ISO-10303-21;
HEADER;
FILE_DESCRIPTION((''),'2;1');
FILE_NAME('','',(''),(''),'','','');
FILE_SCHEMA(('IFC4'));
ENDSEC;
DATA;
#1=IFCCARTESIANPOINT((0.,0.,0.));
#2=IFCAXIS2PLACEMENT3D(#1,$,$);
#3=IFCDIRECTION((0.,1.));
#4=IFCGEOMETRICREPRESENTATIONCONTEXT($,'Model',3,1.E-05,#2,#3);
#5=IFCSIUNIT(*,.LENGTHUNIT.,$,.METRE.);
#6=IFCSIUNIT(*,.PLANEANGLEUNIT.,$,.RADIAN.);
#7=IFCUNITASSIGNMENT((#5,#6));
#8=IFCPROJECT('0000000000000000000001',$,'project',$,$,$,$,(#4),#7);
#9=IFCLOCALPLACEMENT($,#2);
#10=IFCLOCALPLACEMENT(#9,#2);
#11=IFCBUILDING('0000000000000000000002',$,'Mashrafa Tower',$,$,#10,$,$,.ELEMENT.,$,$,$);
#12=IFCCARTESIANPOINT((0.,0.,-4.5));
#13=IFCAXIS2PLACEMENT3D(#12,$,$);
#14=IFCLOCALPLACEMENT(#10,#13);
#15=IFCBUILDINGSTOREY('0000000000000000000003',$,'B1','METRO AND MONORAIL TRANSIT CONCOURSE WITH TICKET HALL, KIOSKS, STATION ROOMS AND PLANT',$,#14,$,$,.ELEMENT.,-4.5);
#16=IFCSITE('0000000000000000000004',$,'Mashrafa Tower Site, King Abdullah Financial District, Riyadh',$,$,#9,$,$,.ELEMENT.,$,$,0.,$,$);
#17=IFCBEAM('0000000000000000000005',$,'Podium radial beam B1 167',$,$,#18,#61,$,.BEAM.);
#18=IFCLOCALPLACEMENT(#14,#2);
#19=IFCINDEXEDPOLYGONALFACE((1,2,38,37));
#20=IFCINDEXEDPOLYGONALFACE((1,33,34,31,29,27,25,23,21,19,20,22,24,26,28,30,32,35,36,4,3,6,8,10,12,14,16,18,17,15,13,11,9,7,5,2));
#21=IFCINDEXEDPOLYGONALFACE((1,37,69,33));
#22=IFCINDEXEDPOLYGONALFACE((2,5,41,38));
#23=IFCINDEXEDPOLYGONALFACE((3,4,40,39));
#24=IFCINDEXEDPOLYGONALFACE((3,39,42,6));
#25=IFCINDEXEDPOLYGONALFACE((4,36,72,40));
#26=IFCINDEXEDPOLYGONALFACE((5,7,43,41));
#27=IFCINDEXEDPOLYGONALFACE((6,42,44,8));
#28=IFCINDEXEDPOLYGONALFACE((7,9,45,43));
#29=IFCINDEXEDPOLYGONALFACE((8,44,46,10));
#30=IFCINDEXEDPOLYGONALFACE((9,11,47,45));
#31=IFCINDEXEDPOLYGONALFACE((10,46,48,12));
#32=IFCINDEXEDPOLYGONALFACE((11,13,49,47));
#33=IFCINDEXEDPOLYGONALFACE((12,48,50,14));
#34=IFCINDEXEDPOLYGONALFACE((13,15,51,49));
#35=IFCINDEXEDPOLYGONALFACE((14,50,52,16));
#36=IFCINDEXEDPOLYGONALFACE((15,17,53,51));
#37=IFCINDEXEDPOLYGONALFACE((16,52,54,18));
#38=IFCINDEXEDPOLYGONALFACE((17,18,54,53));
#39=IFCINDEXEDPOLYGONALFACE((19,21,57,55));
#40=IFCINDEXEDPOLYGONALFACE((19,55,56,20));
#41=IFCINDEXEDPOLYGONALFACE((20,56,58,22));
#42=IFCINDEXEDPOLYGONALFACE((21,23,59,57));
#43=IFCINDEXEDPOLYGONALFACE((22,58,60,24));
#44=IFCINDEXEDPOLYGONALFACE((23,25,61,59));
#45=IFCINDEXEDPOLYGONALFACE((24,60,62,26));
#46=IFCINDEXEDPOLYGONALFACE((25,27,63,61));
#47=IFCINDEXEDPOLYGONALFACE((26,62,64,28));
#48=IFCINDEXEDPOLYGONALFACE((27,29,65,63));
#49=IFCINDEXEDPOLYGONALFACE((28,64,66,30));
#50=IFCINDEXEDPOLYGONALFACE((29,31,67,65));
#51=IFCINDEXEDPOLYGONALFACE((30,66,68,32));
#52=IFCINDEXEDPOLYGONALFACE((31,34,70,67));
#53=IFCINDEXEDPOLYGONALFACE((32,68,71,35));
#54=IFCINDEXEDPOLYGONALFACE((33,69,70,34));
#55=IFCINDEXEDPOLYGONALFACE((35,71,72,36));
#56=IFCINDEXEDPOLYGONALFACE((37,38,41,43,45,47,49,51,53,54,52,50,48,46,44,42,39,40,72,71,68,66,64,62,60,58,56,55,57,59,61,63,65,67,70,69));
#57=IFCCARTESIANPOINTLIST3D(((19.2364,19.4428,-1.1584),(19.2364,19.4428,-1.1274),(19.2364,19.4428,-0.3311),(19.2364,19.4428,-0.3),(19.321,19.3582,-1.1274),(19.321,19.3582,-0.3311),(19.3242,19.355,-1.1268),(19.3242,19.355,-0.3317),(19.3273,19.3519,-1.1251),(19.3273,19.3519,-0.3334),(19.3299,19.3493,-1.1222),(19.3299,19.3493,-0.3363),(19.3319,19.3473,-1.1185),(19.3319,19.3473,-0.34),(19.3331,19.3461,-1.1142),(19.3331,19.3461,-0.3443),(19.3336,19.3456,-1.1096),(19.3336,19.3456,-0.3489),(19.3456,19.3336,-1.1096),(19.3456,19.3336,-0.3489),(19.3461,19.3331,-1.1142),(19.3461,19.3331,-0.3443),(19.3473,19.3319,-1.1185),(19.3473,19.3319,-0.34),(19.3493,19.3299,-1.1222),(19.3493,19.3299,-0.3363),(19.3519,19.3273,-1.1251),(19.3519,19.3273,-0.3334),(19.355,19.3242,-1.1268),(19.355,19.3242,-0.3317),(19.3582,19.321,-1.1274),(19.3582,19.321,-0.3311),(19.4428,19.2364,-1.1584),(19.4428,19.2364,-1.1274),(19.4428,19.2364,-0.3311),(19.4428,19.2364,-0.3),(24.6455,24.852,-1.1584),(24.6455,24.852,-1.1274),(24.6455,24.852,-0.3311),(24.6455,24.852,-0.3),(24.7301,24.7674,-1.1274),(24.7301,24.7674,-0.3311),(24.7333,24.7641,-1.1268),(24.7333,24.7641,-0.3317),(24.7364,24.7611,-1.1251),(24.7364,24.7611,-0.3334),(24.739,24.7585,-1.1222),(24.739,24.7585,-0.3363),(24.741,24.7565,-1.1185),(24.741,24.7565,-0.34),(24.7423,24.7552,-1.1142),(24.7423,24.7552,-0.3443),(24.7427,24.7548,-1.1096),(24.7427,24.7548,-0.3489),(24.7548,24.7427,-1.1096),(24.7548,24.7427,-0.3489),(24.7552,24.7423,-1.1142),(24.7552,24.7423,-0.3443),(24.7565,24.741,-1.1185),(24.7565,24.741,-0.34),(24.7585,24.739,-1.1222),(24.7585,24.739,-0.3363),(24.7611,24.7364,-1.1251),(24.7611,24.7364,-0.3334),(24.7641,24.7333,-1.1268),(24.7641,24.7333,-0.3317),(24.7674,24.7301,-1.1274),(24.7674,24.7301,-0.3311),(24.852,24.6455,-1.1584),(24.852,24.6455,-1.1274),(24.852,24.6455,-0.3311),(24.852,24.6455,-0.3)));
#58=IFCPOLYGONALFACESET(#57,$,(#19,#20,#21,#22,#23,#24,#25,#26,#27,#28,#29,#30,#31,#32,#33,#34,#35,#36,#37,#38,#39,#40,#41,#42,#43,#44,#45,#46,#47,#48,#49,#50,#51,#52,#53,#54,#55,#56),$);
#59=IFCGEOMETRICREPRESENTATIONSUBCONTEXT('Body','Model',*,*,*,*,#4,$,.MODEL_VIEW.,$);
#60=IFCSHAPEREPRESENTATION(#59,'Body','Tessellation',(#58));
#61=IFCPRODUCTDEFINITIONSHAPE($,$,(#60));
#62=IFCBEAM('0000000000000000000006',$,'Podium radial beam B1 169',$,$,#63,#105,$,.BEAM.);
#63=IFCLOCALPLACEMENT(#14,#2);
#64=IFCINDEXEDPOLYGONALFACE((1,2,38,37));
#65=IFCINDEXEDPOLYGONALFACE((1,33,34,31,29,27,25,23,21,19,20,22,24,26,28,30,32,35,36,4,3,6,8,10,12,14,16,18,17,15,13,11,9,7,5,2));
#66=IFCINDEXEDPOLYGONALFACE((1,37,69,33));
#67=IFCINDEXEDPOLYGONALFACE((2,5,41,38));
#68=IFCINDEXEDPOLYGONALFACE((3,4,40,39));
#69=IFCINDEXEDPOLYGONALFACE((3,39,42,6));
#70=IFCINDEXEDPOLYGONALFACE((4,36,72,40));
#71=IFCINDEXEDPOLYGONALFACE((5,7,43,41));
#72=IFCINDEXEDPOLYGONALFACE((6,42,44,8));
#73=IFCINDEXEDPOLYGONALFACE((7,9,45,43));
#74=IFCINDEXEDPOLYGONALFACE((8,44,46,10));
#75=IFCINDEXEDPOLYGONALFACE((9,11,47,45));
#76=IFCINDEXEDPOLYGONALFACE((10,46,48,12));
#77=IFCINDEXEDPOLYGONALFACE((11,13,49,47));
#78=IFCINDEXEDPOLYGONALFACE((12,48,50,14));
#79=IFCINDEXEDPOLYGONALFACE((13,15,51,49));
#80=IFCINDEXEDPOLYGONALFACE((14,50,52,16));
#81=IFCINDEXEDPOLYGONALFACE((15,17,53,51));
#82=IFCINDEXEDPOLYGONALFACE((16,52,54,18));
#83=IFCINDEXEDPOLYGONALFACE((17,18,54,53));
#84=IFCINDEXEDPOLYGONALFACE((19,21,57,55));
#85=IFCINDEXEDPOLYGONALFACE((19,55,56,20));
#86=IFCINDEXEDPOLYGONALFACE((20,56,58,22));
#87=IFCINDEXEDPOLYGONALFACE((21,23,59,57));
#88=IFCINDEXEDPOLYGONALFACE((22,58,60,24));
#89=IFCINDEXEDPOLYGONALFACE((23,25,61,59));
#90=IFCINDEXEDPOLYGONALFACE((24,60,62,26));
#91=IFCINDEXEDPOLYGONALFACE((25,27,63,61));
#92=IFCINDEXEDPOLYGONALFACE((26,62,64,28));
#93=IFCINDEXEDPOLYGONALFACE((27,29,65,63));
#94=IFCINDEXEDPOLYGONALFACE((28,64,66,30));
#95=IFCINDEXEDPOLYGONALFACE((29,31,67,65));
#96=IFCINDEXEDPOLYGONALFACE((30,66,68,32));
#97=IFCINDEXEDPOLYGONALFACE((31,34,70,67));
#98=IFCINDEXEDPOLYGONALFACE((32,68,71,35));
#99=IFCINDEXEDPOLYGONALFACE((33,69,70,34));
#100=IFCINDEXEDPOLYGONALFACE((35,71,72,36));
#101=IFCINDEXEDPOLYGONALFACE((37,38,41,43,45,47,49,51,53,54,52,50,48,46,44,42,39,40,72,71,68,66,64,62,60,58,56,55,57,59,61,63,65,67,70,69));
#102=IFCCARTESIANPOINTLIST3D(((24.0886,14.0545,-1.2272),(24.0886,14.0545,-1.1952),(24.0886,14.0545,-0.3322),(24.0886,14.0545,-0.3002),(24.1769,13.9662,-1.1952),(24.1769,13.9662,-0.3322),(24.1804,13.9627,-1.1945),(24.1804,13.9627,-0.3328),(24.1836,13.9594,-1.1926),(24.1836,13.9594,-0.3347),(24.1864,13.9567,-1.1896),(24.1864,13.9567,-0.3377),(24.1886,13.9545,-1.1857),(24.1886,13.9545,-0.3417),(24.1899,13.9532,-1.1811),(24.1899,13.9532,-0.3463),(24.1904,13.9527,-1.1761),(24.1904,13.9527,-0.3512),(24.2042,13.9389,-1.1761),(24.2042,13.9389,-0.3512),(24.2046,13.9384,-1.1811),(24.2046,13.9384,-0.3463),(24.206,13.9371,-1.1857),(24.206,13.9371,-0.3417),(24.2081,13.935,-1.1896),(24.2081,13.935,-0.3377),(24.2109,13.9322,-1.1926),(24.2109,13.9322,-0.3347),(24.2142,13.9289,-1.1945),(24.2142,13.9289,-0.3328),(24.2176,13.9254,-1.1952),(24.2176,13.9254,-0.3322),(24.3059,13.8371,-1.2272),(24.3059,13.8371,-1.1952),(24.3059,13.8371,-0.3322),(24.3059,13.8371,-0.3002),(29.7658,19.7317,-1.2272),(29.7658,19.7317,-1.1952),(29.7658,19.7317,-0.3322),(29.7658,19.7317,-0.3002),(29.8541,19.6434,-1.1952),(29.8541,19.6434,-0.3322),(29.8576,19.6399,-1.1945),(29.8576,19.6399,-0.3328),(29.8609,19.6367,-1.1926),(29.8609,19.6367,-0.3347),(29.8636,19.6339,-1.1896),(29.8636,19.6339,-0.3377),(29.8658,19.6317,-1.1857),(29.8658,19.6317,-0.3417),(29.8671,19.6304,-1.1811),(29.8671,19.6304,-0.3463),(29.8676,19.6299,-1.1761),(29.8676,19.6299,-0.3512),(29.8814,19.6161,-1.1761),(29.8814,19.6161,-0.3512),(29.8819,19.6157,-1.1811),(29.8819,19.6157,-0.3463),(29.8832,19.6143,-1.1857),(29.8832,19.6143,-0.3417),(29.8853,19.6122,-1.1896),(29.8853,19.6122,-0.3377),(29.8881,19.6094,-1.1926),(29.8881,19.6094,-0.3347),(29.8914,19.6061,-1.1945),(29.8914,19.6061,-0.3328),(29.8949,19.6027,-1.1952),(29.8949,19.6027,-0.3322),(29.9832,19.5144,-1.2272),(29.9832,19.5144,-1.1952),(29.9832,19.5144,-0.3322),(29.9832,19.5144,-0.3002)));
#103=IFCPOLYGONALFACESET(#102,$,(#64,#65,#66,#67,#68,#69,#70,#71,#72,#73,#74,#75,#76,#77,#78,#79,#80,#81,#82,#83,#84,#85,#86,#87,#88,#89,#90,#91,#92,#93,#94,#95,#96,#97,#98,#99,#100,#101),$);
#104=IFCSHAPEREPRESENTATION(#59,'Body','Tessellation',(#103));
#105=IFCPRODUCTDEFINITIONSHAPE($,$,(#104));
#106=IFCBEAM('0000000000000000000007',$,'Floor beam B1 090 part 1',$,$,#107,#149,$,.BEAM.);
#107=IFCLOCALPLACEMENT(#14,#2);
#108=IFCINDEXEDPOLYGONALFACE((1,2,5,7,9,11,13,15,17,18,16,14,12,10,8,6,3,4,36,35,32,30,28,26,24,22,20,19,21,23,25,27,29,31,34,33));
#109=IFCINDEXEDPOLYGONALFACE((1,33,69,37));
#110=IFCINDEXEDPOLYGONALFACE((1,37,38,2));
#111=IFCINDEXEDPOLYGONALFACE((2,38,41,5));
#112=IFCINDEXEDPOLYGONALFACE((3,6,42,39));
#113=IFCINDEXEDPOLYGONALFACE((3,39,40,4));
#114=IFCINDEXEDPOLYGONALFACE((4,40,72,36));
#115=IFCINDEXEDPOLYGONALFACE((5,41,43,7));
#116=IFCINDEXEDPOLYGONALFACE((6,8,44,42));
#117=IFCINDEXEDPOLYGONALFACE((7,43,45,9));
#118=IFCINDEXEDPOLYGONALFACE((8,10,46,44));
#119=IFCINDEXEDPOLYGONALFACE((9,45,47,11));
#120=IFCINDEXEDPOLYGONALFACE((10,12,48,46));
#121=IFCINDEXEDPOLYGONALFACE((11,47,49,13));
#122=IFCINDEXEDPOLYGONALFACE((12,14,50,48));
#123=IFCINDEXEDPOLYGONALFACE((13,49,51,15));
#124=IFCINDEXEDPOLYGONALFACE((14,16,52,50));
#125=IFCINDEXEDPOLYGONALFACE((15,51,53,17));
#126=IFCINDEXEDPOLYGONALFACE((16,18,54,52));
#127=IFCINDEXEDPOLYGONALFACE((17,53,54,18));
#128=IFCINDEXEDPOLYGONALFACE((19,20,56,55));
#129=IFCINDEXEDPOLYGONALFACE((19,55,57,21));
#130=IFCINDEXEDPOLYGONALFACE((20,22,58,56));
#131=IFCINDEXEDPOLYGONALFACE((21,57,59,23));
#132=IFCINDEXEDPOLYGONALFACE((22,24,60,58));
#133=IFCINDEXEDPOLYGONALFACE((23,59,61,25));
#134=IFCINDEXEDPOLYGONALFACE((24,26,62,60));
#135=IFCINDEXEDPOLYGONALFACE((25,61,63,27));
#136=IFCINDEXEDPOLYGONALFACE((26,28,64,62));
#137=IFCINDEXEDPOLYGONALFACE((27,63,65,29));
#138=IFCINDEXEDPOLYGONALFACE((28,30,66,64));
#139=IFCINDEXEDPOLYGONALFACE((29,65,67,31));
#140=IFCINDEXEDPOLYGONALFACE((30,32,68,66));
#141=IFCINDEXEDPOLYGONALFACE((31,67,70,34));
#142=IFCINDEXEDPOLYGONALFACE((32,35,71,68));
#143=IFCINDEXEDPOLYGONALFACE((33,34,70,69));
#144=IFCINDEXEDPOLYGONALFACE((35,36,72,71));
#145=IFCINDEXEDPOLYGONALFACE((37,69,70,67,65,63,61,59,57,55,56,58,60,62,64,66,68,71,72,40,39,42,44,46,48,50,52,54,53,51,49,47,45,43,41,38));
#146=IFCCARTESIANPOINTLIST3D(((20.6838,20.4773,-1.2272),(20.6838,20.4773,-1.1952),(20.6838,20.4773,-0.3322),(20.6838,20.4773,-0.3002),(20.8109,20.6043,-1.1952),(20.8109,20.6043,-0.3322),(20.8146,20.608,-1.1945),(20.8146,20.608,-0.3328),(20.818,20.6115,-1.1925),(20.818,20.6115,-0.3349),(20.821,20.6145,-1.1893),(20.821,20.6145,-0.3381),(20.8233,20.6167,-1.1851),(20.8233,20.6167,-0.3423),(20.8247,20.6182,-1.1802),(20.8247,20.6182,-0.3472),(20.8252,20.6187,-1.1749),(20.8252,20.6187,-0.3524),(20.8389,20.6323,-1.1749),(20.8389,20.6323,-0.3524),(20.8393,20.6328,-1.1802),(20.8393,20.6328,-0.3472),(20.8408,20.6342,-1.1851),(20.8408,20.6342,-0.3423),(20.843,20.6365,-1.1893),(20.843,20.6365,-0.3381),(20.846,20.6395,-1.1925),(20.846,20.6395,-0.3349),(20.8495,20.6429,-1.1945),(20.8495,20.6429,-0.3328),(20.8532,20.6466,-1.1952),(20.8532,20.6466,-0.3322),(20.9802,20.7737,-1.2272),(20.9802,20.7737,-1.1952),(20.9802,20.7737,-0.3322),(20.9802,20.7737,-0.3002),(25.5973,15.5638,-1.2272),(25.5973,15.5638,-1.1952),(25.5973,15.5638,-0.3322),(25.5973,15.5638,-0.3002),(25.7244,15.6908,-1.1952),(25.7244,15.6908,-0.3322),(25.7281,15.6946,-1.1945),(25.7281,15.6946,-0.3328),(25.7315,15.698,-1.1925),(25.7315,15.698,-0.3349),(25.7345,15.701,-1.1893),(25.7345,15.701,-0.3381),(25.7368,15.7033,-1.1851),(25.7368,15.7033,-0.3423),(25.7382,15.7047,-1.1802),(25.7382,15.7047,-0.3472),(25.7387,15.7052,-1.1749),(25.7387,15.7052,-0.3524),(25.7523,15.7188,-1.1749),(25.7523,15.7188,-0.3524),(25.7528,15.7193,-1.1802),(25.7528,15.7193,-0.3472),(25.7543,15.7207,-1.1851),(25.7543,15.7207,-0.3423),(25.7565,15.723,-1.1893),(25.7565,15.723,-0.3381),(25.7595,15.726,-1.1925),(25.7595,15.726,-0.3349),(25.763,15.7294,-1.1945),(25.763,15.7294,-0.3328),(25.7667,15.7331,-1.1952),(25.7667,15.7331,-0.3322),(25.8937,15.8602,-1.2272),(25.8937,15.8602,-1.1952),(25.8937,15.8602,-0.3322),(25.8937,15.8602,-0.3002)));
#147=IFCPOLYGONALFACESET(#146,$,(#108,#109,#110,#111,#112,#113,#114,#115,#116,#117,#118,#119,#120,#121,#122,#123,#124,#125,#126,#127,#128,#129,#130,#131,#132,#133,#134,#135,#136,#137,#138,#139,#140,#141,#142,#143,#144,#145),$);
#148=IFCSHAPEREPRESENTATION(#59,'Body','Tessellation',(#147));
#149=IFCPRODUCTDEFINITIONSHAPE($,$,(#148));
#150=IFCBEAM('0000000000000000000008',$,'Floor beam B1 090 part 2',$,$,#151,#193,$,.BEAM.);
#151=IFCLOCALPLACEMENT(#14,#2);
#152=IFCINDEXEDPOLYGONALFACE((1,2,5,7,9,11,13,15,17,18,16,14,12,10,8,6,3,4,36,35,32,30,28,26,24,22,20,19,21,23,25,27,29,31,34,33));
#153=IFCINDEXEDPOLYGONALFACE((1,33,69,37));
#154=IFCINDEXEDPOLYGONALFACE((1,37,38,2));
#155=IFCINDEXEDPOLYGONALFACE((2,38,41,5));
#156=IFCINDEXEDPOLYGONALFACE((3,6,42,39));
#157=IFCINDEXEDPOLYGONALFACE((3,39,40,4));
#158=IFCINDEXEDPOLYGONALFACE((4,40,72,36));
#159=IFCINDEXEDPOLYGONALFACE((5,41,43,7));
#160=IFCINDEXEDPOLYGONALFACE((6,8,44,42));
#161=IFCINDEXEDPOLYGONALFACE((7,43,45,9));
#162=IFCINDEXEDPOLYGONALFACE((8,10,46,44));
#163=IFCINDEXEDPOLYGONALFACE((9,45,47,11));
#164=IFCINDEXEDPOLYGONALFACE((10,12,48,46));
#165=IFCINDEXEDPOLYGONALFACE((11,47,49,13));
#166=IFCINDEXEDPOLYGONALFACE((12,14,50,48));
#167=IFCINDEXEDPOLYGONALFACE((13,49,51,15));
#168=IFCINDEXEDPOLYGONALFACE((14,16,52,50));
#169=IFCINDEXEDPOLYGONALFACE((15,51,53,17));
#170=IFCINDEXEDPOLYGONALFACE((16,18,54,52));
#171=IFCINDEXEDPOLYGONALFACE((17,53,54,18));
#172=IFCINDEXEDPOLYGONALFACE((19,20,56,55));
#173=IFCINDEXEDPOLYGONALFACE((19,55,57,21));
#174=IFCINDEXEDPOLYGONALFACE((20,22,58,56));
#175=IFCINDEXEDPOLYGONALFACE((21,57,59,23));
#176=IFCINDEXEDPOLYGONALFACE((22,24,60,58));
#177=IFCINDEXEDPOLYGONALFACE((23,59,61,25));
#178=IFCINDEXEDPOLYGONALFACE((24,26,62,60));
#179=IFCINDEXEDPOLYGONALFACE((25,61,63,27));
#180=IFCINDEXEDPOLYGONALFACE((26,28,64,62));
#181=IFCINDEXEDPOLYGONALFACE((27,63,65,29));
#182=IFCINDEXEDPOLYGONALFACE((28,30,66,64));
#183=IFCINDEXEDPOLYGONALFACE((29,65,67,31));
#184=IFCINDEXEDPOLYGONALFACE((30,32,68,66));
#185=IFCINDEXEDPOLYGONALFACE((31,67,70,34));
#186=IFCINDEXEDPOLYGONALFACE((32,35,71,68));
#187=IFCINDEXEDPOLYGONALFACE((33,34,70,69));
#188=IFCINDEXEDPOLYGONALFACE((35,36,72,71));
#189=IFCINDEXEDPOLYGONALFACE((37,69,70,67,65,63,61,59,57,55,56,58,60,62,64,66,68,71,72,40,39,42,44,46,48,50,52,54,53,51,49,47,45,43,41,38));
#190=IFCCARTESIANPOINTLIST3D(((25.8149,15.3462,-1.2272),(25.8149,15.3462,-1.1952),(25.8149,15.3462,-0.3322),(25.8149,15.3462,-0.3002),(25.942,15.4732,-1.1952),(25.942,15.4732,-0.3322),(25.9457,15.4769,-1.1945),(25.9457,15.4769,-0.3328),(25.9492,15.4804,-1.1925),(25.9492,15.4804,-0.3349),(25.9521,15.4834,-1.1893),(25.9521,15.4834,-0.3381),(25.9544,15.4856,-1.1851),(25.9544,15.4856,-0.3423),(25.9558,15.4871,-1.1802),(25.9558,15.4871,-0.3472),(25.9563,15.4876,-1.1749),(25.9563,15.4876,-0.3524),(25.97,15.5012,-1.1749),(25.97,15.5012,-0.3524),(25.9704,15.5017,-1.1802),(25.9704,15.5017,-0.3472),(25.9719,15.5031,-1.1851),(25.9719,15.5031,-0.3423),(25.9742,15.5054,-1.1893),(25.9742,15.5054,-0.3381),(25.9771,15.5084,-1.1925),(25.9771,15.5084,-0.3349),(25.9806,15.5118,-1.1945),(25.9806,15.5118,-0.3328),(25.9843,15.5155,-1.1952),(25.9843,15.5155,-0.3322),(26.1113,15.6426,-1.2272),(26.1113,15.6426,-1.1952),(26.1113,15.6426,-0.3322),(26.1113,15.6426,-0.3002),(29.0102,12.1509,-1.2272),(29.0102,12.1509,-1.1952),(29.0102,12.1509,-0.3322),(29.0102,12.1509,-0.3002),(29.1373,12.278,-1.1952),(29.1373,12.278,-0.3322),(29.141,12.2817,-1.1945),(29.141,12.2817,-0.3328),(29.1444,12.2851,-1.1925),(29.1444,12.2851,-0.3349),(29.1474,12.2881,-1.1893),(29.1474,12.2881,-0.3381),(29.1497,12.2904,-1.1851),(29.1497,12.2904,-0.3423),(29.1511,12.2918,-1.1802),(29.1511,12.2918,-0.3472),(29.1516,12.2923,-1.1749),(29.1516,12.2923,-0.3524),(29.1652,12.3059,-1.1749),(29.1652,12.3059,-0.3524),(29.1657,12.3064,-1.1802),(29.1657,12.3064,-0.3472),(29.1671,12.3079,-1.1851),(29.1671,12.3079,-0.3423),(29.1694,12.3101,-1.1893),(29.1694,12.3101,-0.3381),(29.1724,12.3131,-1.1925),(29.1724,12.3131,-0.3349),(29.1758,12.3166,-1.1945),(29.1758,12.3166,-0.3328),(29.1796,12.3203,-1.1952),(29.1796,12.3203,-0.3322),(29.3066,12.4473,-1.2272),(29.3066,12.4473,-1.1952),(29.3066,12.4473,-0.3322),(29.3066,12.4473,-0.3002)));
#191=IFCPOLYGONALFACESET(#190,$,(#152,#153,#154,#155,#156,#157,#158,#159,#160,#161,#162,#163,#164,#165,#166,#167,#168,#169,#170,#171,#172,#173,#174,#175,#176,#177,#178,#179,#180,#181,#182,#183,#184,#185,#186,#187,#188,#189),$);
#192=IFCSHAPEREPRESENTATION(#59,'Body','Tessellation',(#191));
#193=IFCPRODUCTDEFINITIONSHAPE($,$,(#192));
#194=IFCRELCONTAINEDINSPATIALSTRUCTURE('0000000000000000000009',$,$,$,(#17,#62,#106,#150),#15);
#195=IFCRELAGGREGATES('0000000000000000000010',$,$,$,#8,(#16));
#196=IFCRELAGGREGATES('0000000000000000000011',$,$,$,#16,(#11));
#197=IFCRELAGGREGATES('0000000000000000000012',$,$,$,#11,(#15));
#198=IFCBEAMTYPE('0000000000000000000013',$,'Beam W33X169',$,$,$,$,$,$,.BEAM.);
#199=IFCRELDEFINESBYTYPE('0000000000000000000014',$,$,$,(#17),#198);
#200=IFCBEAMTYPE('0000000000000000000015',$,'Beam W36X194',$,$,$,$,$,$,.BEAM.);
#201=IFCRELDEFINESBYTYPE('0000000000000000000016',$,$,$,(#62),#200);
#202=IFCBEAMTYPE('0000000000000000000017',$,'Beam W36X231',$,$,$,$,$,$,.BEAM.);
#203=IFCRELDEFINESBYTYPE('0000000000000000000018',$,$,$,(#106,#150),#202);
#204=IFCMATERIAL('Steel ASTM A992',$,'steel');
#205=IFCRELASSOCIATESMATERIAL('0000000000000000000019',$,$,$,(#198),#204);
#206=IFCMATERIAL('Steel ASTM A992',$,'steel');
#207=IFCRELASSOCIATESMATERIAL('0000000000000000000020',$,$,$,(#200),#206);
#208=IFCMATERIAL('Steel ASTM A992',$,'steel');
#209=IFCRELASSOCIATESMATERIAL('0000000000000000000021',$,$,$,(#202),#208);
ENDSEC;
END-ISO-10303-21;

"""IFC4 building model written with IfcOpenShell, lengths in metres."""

from ifc_helpers import new_model, si_unit, direction, frame, origin, origin_2d, place, context, subcontext, project, spatial, i_section, extrude, material, material_profile, profile_set, type_object, element, save


model = new_model("IFC4")

# Units and contexts
model_context = context("Model", 3, precision=1e-05, world=origin(), true_north=direction((0.0, 1.0)))
body_context = subcontext(model_context, "Body", "Model", "MODEL_VIEW")
ifc_project = project(units=[si_unit("LENGTHUNIT", "METRE"), si_unit("PLANEANGLEUNIT", "RADIAN")], contexts=[model_context])

# Site, building, storey
site_placement = place(None, origin())
site = spatial("IfcSite", under=ifc_project, at=site_placement, Name="Mashrafa Tower Site, King Abdullah Financial District, Riyadh", CompositionType="ELEMENT", RefElevation=0.0)
building_placement = place(site_placement, origin())
building = spatial("IfcBuilding", under=site, at=building_placement, Name="Mashrafa Tower", CompositionType="ELEMENT")
storey_placement = place(building_placement, frame((0.0, 0.0, -4.5)))
storey = spatial("IfcBuildingStorey", under=building, at=storey_placement, Name="B1", Description="METRO AND MONORAIL TRANSIT CONCOURSE WITH TICKET HALL, KIOSKS, STATION ROOMS AND PLANT", CompositionType="ELEMENT", Elevation=-4.5)

# Beams
ifc_material_1 = material(Name="Steel ASTM A992", Category="steel")
ifc_material_profile_1 = material_profile(ifc_material_1, i_section(OverallWidth=0.292, OverallDepth=0.8584, WebThickness=0.0171, FlangeThickness=0.031, FilletRadius=0.0178, at=origin_2d()), Name="W33X169")
ifc_profile_set_1 = profile_set([ifc_material_profile_1], Name="Steel ASTM A992")
beam_type_1 = type_object("IfcBeamType", Name="Beam W33X169", PredefinedType="BEAM", material=ifc_profile_set_1)
beam_1_placement = place(storey_placement, frame((19.3396, 19.3396, -0.7292), z_axis=(0.707107, 0.707107, 0.0), x_axis=(-0.707107, 0.707107, 0.0)))
element("IfcBeam", 1, at=beam_1_placement, inside=storey, type_object=beam_type_1, Name="Podium radial beam B1 167", PredefinedType="BEAM", context=body_context, shape_type="SweptSolid", body=[
    extrude(i_section(OverallWidth=0.292, OverallDepth=0.8584, WebThickness=0.0171, FlangeThickness=0.031, FilletRadius=0.0178, at=origin_2d()), origin(), (0.0, 0.0, 1.0), 7.6497),
])
ifc_material_2 = material(Name="Steel ASTM A992", Category="steel")
ifc_material_profile_2 = material_profile(ifc_material_2, i_section(OverallWidth=0.3074, OverallDepth=0.927, WebThickness=0.0195, FlangeThickness=0.032, FilletRadius=0.019, at=origin_2d()), Name="W36X194")
ifc_profile_set_2 = profile_set([ifc_material_profile_2], Name="Steel ASTM A992")
beam_type_2 = type_object("IfcBeamType", Name="Beam W36X194", PredefinedType="BEAM", material=ifc_profile_set_2)
beam_2_placement = place(storey_placement, frame((24.1973, 13.9458, -0.7637), z_axis=(0.707107, 0.707107, 0.0), x_axis=(-0.707107, 0.707107, 0.0)))
element("IfcBeam", 2, at=beam_2_placement, inside=storey, type_object=beam_type_2, Name="Podium radial beam B1 169", PredefinedType="BEAM", context=body_context, shape_type="SweptSolid", body=[
    extrude(i_section(OverallWidth=0.3074, OverallDepth=0.927, WebThickness=0.0195, FlangeThickness=0.032, FilletRadius=0.019, at=origin_2d()), origin(), (0.0, 0.0, 1.0), 8.0288),
])
ifc_material_3 = material(Name="Steel ASTM A992", Category="steel")
ifc_material_profile_3 = material_profile(ifc_material_3, i_section(OverallWidth=0.4192, OverallDepth=0.927, WebThickness=0.0193, FlangeThickness=0.032, FilletRadius=0.0203, at=origin_2d()), Name="W36X231")
ifc_profile_set_3 = profile_set([ifc_material_profile_3], Name="Steel ASTM A992")
beam_type_3 = type_object("IfcBeamType", Name="Beam W36X231", PredefinedType="BEAM", material=ifc_profile_set_3)
beam_3_placement = place(storey_placement, frame((20.832, 20.6255, -0.7637), z_axis=(0.707107, -0.707107, 0.0), x_axis=(0.707107, 0.707107, 0.0)))
element("IfcBeam", 3, at=beam_3_placement, inside=storey, type_object=beam_type_3, Name="Floor beam B1 090 part 1", PredefinedType="BEAM", context=body_context, shape_type="SweptSolid", body=[
    extrude(i_section(OverallWidth=0.4192, OverallDepth=0.927, WebThickness=0.0193, FlangeThickness=0.032, FilletRadius=0.0203, at=origin_2d()), origin(), (0.0, 0.0, 1.0), 6.9487),
])
beam_4_placement = place(storey_placement, frame((25.9631, 15.4944, -0.7637), z_axis=(0.707107, -0.707107, 0.0), x_axis=(0.707107, 0.707107, 0.0)))
element("IfcBeam", 4, at=beam_4_placement, inside=storey, type_object=beam_type_3, Name="Floor beam B1 090 part 2", PredefinedType="BEAM", context=body_context, shape_type="SweptSolid", body=[
    extrude(i_section(OverallWidth=0.4192, OverallDepth=0.927, WebThickness=0.0193, FlangeThickness=0.032, FilletRadius=0.0203, at=origin_2d()), origin(), (0.0, 0.0, 1.0), 4.5188),
])

save(model, "model.ifc")
